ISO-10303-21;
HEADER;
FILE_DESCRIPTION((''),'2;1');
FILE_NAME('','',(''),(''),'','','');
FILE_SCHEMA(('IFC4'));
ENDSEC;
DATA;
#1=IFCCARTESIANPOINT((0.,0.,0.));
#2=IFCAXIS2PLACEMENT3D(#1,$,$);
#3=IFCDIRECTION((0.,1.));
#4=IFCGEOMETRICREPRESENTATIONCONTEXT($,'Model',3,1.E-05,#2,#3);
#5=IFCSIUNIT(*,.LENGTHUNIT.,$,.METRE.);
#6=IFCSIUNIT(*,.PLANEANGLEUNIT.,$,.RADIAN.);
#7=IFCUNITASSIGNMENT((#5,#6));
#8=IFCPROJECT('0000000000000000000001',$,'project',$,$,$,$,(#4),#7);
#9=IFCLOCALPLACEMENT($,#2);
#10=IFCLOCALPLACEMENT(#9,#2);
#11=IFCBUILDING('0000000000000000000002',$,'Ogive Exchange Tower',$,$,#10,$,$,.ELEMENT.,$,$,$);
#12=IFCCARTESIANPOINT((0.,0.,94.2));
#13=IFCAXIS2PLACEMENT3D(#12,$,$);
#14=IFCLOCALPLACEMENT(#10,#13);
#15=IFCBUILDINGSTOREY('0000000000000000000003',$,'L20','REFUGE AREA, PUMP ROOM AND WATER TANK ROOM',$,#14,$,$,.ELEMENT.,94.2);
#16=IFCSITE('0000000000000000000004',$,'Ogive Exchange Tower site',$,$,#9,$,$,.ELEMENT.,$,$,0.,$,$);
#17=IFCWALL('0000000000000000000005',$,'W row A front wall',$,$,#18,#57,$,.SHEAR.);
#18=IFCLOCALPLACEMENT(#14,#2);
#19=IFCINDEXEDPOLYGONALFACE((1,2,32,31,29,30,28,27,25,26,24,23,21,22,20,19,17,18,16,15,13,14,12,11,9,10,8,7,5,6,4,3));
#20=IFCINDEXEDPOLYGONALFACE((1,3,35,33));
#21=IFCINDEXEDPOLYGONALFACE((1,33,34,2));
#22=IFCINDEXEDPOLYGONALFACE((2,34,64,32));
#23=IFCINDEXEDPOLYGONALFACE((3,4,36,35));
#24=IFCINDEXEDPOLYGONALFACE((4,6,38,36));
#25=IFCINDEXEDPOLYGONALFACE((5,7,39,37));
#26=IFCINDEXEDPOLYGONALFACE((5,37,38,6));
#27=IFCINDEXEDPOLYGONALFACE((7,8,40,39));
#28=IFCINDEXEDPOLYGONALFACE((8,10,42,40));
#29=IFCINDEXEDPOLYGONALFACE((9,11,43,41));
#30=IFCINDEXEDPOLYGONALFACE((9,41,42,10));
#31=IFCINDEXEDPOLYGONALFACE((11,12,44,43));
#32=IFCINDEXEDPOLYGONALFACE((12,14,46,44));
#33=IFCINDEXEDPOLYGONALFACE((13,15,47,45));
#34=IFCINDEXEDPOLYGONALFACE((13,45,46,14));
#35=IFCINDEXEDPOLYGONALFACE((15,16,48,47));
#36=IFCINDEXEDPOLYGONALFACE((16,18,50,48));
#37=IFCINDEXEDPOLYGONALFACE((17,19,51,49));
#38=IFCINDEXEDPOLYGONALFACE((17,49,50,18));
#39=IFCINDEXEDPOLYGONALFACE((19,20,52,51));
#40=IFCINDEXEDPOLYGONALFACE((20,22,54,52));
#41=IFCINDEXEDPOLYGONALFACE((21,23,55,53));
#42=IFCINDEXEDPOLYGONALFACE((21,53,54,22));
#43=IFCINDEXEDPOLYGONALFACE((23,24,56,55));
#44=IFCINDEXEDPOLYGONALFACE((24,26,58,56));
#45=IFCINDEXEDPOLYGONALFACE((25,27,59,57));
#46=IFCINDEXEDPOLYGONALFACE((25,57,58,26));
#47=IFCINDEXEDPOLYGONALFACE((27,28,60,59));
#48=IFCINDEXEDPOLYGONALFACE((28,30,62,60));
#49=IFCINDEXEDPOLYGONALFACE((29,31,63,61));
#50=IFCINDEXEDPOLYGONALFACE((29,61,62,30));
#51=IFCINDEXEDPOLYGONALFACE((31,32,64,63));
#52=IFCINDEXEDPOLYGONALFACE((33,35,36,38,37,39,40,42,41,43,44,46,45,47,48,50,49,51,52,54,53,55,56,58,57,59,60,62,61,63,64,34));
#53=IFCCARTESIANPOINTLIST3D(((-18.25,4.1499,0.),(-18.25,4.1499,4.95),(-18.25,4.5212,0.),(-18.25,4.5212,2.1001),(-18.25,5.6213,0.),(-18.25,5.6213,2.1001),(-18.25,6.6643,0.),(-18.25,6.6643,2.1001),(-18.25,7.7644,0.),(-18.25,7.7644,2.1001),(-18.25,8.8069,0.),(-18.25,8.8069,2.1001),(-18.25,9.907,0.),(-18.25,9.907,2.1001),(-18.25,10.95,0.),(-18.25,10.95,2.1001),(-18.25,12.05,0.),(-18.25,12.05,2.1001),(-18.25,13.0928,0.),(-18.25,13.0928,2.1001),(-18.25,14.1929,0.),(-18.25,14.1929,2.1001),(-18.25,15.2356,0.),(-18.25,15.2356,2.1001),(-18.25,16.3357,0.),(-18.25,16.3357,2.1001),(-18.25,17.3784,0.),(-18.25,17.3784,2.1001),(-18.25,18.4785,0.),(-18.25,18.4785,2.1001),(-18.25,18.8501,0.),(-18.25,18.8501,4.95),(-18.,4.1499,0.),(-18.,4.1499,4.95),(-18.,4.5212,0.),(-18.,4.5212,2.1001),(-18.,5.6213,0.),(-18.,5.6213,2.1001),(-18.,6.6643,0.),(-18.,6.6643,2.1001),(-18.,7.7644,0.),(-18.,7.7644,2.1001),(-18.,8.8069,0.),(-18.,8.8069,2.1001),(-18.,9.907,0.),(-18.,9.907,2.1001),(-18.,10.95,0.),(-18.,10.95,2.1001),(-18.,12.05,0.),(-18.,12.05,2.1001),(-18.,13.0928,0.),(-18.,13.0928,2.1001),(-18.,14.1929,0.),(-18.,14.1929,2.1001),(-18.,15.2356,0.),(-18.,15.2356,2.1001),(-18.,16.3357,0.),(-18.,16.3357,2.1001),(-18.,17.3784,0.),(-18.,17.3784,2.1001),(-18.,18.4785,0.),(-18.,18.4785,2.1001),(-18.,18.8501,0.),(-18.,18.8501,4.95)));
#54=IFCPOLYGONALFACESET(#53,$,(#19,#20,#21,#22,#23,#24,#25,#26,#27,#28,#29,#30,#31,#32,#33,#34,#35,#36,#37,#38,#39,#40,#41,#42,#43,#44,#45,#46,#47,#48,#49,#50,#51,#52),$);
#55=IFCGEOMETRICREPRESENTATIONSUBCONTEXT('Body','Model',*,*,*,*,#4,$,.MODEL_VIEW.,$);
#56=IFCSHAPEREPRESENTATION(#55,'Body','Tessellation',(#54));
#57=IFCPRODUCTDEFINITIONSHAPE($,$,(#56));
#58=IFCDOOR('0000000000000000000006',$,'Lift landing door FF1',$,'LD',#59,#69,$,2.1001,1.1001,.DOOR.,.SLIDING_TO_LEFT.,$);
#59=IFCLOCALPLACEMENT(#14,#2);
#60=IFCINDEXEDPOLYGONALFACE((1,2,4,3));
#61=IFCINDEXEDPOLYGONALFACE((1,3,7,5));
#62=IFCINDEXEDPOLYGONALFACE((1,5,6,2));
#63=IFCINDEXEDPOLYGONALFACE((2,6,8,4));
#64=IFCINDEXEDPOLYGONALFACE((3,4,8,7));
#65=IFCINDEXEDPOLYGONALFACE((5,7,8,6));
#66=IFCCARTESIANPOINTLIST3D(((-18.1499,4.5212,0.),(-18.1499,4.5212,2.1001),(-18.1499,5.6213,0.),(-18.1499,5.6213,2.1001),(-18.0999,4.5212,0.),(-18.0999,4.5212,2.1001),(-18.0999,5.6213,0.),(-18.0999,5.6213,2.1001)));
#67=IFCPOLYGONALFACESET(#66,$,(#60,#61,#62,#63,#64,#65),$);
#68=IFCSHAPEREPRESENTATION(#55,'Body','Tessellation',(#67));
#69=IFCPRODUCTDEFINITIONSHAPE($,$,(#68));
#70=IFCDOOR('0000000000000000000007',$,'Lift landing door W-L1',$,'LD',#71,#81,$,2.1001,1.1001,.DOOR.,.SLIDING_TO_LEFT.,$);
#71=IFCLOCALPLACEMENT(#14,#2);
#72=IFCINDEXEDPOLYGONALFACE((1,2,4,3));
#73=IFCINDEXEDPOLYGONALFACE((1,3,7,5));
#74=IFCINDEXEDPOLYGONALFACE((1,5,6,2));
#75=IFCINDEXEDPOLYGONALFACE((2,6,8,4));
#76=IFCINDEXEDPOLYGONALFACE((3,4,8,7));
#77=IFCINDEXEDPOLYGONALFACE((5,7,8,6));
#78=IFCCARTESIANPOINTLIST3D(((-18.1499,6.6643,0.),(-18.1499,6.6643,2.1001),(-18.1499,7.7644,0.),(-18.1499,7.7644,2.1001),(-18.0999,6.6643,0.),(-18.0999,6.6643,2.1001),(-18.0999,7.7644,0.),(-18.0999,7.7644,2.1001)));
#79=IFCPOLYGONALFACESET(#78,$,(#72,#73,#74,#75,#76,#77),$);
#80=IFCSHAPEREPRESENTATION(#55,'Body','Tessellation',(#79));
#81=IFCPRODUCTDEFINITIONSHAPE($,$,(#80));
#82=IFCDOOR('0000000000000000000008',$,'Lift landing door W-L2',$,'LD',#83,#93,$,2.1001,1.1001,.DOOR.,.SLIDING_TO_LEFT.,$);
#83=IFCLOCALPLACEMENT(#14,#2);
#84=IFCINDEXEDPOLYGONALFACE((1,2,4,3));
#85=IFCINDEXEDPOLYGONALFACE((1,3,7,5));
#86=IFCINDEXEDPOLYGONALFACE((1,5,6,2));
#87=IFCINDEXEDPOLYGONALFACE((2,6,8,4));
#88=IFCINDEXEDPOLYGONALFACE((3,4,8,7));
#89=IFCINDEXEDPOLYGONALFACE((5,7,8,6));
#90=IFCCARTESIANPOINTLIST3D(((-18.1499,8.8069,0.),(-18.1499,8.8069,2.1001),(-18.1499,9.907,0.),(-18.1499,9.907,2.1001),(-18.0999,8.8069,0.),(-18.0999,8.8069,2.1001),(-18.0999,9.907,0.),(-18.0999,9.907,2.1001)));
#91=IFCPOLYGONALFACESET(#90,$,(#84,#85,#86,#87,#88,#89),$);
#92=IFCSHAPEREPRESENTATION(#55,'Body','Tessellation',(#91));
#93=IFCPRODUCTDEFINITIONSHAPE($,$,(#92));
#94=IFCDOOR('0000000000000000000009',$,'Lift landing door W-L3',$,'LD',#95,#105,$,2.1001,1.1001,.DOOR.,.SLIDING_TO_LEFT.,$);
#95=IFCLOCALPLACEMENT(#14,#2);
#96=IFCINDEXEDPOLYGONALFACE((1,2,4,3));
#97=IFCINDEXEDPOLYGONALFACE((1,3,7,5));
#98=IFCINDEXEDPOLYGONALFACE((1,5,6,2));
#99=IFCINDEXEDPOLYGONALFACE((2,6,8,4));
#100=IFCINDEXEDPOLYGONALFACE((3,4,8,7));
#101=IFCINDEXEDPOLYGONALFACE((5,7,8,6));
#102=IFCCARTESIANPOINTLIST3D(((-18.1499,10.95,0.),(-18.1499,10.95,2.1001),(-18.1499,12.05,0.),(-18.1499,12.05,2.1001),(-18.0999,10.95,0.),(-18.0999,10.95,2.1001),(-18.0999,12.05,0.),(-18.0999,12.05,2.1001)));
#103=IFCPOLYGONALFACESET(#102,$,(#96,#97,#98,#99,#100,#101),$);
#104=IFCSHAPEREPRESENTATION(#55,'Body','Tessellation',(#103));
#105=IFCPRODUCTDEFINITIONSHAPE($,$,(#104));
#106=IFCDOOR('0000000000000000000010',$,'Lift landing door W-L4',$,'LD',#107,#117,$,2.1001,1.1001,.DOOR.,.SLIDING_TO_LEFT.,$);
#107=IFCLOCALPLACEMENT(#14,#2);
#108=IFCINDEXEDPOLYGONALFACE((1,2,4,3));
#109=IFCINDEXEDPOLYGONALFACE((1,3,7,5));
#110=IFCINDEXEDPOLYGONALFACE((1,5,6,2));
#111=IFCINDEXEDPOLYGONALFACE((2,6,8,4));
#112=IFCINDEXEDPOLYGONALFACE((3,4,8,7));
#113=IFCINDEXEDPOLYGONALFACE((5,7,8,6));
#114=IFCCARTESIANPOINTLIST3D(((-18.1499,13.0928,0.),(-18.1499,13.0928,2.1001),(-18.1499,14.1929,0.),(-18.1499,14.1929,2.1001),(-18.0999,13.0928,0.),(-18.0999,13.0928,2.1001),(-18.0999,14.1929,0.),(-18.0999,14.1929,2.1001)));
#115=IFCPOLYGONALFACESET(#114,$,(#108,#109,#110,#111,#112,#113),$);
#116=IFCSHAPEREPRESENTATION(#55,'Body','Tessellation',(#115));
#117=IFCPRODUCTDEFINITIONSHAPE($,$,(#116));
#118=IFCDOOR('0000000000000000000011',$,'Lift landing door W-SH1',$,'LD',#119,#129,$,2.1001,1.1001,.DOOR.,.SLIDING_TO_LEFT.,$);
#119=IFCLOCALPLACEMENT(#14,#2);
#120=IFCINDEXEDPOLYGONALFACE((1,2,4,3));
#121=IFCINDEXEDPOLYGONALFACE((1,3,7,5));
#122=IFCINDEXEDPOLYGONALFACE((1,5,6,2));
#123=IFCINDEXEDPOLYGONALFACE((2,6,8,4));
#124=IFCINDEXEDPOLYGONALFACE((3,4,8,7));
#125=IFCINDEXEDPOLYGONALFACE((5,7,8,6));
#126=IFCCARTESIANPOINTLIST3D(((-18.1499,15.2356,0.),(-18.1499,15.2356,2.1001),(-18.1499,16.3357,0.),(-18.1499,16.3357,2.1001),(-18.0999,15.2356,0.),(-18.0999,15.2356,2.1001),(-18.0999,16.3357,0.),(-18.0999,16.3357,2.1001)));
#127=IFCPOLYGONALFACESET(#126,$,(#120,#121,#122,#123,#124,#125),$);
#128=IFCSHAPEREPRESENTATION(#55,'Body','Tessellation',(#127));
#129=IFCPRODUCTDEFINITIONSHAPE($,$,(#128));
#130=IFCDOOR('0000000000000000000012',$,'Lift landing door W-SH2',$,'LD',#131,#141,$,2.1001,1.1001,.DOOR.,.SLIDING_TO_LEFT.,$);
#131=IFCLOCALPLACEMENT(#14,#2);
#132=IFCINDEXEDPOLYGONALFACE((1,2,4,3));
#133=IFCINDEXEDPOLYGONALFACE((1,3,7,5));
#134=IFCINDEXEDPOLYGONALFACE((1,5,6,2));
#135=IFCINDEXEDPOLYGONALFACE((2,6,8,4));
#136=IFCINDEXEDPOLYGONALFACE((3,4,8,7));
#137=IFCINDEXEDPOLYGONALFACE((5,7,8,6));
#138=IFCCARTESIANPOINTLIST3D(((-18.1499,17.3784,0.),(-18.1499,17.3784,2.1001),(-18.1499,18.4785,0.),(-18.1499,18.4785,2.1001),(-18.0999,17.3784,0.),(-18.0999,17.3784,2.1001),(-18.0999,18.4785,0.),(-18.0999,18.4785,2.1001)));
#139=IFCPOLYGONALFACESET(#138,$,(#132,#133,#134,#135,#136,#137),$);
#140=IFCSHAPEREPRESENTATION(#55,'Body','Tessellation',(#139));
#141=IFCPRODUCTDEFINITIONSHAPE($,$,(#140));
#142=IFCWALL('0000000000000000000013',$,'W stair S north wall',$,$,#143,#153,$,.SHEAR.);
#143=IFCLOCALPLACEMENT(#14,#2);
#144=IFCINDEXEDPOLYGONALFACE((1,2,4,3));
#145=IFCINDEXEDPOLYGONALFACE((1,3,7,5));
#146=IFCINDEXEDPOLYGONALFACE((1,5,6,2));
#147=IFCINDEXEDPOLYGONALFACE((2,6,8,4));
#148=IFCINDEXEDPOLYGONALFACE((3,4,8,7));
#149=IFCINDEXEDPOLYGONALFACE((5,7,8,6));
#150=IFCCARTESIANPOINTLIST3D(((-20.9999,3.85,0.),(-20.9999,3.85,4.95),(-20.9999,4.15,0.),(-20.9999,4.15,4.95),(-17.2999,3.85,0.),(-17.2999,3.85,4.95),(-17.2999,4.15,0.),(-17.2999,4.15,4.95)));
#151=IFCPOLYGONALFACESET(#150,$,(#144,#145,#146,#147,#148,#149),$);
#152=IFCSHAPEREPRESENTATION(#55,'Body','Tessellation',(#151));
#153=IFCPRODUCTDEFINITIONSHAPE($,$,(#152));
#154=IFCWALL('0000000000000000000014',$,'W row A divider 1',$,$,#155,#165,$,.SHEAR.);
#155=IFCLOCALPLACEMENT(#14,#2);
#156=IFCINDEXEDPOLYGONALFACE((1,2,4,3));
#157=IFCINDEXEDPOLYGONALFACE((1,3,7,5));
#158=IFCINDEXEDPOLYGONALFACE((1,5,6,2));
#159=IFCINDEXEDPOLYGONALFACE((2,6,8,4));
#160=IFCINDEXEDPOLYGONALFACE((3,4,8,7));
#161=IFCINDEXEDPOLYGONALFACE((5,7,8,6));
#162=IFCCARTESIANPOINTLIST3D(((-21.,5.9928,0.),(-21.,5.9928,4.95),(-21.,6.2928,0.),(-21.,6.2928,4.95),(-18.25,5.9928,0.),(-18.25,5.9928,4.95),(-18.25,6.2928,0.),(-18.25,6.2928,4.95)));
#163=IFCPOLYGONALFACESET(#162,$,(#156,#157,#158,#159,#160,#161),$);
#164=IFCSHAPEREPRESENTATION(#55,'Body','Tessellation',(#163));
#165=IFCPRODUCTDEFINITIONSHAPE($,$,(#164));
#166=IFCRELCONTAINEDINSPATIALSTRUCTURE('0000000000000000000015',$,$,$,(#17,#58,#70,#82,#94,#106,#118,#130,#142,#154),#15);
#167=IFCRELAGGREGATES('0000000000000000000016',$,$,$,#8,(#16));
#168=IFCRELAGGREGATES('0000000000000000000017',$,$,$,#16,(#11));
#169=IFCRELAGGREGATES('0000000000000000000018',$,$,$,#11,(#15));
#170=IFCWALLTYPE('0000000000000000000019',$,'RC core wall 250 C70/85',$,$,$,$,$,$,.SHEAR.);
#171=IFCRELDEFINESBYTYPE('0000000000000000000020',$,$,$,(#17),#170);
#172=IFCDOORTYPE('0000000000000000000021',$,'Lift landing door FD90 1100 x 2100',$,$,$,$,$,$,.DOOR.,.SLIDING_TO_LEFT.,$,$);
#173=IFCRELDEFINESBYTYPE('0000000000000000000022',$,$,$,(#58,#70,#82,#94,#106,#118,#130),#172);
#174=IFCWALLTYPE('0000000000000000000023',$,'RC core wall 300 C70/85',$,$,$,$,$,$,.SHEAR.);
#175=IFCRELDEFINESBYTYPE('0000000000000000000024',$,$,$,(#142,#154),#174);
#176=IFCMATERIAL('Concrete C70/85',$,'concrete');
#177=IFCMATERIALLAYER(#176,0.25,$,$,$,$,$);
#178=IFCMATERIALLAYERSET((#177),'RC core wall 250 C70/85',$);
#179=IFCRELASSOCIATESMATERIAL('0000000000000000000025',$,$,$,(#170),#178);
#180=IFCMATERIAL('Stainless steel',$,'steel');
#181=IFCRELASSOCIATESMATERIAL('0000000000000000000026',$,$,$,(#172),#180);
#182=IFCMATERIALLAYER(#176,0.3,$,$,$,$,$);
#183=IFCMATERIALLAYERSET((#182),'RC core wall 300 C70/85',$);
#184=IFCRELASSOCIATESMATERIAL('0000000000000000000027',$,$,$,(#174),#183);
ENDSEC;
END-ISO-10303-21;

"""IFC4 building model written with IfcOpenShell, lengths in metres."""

from ifc_helpers import new_model, si_unit, direction, frame, frame_2d, origin, place, context, subcontext, project, spatial, rectangle, extrude, material, layer, layer_set, type_object, element, fill, save


model = new_model("IFC4")

# Units and contexts
model_context = context("Model", 3, precision=1e-05, world=origin(), true_north=direction((0.0, 1.0)))
body_context = subcontext(model_context, "Body", "Model", "MODEL_VIEW")
ifc_project = project(units=[si_unit("LENGTHUNIT", "METRE"), si_unit("PLANEANGLEUNIT", "RADIAN")], contexts=[model_context])

# Site, building, storey
site_placement = place(None, origin())
site = spatial("IfcSite", under=ifc_project, at=site_placement, Name="Ogive Exchange Tower site", CompositionType="ELEMENT", RefElevation=0.0)
building_placement = place(site_placement, origin())
building = spatial("IfcBuilding", under=site, at=building_placement, Name="Ogive Exchange Tower", CompositionType="ELEMENT")
storey_placement = place(building_placement, frame((0.0, 0.0, 94.2)))
storey = spatial("IfcBuildingStorey", under=building, at=storey_placement, Name="L20", Description="REFUGE AREA, PUMP ROOM AND WATER TANK ROOM", CompositionType="ELEMENT", Elevation=94.2)

# Shared definitions
ifc_material_1 = material(Name="Concrete C70/85", Category="concrete")

# Wall, openings, doors
ifc_layer_1 = layer(ifc_material_1, 0.25)
ifc_layer_set_1 = layer_set([ifc_layer_1], Name="RC core wall 250 C70/85")
wall_type_1 = type_object("IfcWallType", Name="RC core wall 250 C70/85", PredefinedType="SHEAR", material=ifc_layer_set_1)
wall_1_placement = place(storey_placement, frame((-18.125, 4.1499, 0.0), z_axis=(0.0, 0.0, 1.0), x_axis=(0.0, 1.0, 0.0)))
wall_1 = element("IfcWall", 1, at=wall_1_placement, inside=storey, type_object=wall_type_1, Name="W row A front wall", PredefinedType="SHEAR", context=body_context, shape_type="SweptSolid", body=[
    extrude(rectangle(XDim=14.7002, YDim=0.25, at=frame_2d((7.3501, 0.0))), origin(), (0.0, 0.0, 1.0), 4.95),
])
opening_1_placement = place(wall_1_placement, frame((0.3713, 0.0, 0.0)))
opening_1 = element("IfcOpeningElement", 2, at=opening_1_placement, cuts=wall_1, PredefinedType="OPENING", context=body_context, shape_type="SweptSolid", body=[
    extrude(rectangle(XDim=1.1001, YDim=2.1001, at=frame_2d((0.55, 1.05))), frame((0.0, 0.135, 0.0), z_axis=(0.0, -1.0, 0.0), x_axis=(1.0, 0.0, 0.0)), (0.0, 0.0, 1.0), 0.27),
])
opening_2_placement = place(wall_1_placement, frame((2.5144, 0.0, 0.0)))
opening_2 = element("IfcOpeningElement", 3, at=opening_2_placement, cuts=wall_1, PredefinedType="OPENING", context=body_context, shape_type="SweptSolid", body=[
    extrude(rectangle(XDim=1.1001, YDim=2.1001, at=frame_2d((0.55, 1.05))), frame((0.0, 0.135, 0.0), z_axis=(0.0, -1.0, 0.0), x_axis=(1.0, 0.0, 0.0)), (0.0, 0.0, 1.0), 0.27),
])
opening_3_placement = place(wall_1_placement, frame((4.657, 0.0, 0.0)))
opening_3 = element("IfcOpeningElement", 4, at=opening_3_placement, cuts=wall_1, PredefinedType="OPENING", context=body_context, shape_type="SweptSolid", body=[
    extrude(rectangle(XDim=1.1001, YDim=2.1001, at=frame_2d((0.55, 1.05))), frame((0.0, 0.135, 0.0), z_axis=(0.0, -1.0, 0.0), x_axis=(1.0, 0.0, 0.0)), (0.0, 0.0, 1.0), 0.27),
])
opening_4_placement = place(wall_1_placement, frame((6.8, 0.0, 0.0)))
opening_4 = element("IfcOpeningElement", 5, at=opening_4_placement, cuts=wall_1, PredefinedType="OPENING", context=body_context, shape_type="SweptSolid", body=[
    extrude(rectangle(XDim=1.1001, YDim=2.1001, at=frame_2d((0.55, 1.05))), frame((0.0, 0.135, 0.0), z_axis=(0.0, -1.0, 0.0), x_axis=(1.0, 0.0, 0.0)), (0.0, 0.0, 1.0), 0.27),
])
opening_5_placement = place(wall_1_placement, frame((8.9429, 0.0, 0.0)))
opening_5 = element("IfcOpeningElement", 6, at=opening_5_placement, cuts=wall_1, PredefinedType="OPENING", context=body_context, shape_type="SweptSolid", body=[
    extrude(rectangle(XDim=1.1001, YDim=2.1001, at=frame_2d((0.55, 1.05))), frame((0.0, 0.135, 0.0), z_axis=(0.0, -1.0, 0.0), x_axis=(1.0, 0.0, 0.0)), (0.0, 0.0, 1.0), 0.27),
])
opening_6_placement = place(wall_1_placement, frame((11.0857, 0.0, 0.0)))
opening_6 = element("IfcOpeningElement", 7, at=opening_6_placement, cuts=wall_1, PredefinedType="OPENING", context=body_context, shape_type="SweptSolid", body=[
    extrude(rectangle(XDim=1.1001, YDim=2.1001, at=frame_2d((0.55, 1.05))), frame((0.0, 0.135, 0.0), z_axis=(0.0, -1.0, 0.0), x_axis=(1.0, 0.0, 0.0)), (0.0, 0.0, 1.0), 0.27),
])
opening_7_placement = place(wall_1_placement, frame((13.2285, 0.0, 0.0)))
opening_7 = element("IfcOpeningElement", 8, at=opening_7_placement, cuts=wall_1, PredefinedType="OPENING", context=body_context, shape_type="SweptSolid", body=[
    extrude(rectangle(XDim=1.1001, YDim=2.1001, at=frame_2d((0.55, 1.05))), frame((0.0, 0.135, 0.0), z_axis=(0.0, -1.0, 0.0), x_axis=(1.0, 0.0, 0.0)), (0.0, 0.0, 1.0), 0.27),
])
ifc_material_2 = material(Name="Stainless steel", Category="steel")
door_type_1 = type_object("IfcDoorType", Name="Lift landing door FD90 1100 x 2100", OperationType="SLIDING_TO_LEFT", PredefinedType="DOOR", material=ifc_material_2)
door_1_placement = place(opening_1_placement, origin())
door_1 = element("IfcDoor", 9, at=door_1_placement, inside=storey, type_object=door_type_1, Name="Lift landing door FF1", ObjectType="LD", OperationType="SLIDING_TO_LEFT", OverallHeight=2.1001, OverallWidth=1.1001, PredefinedType="DOOR", context=body_context, shape_type="SweptSolid", body=[
    extrude(rectangle(XDim=1.1001, YDim=2.1001, at=frame_2d((0.55, 1.05))), frame((0.0, 0.0249, 0.0), z_axis=(0.0, -1.0, 0.0), x_axis=(1.0, 0.0, 0.0)), (0.0, 0.0, 1.0), 0.05),
])
fill(opening_1, door_1)
door_2_placement = place(opening_2_placement, origin())
door_2 = element("IfcDoor", 10, at=door_2_placement, inside=storey, type_object=door_type_1, Name="Lift landing door W-L1", ObjectType="LD", OperationType="SLIDING_TO_LEFT", OverallHeight=2.1001, OverallWidth=1.1001, PredefinedType="DOOR", context=body_context, shape_type="SweptSolid", body=[
    extrude(rectangle(XDim=1.1001, YDim=2.1001, at=frame_2d((0.55, 1.05))), frame((0.0, 0.0249, 0.0), z_axis=(0.0, -1.0, 0.0), x_axis=(1.0, 0.0, 0.0)), (0.0, 0.0, 1.0), 0.05),
])
fill(opening_2, door_2)
door_3_placement = place(opening_3_placement, origin())
door_3 = element("IfcDoor", 11, at=door_3_placement, inside=storey, type_object=door_type_1, Name="Lift landing door W-L2", ObjectType="LD", OperationType="SLIDING_TO_LEFT", OverallHeight=2.1001, OverallWidth=1.1001, PredefinedType="DOOR", context=body_context, shape_type="SweptSolid", body=[
    extrude(rectangle(XDim=1.1001, YDim=2.1001, at=frame_2d((0.55, 1.05))), frame((0.0, 0.0249, 0.0), z_axis=(0.0, -1.0, 0.0), x_axis=(1.0, 0.0, 0.0)), (0.0, 0.0, 1.0), 0.05),
])
fill(opening_3, door_3)
door_4_placement = place(opening_4_placement, origin())
door_4 = element("IfcDoor", 12, at=door_4_placement, inside=storey, type_object=door_type_1, Name="Lift landing door W-L3", ObjectType="LD", OperationType="SLIDING_TO_LEFT", OverallHeight=2.1001, OverallWidth=1.1001, PredefinedType="DOOR", context=body_context, shape_type="SweptSolid", body=[
    extrude(rectangle(XDim=1.1001, YDim=2.1001, at=frame_2d((0.55, 1.05))), frame((0.0, 0.0249, 0.0), z_axis=(0.0, -1.0, 0.0), x_axis=(1.0, 0.0, 0.0)), (0.0, 0.0, 1.0), 0.05),
])
fill(opening_4, door_4)
door_5_placement = place(opening_5_placement, origin())
door_5 = element("IfcDoor", 13, at=door_5_placement, inside=storey, type_object=door_type_1, Name="Lift landing door W-L4", ObjectType="LD", OperationType="SLIDING_TO_LEFT", OverallHeight=2.1001, OverallWidth=1.1001, PredefinedType="DOOR", context=body_context, shape_type="SweptSolid", body=[
    extrude(rectangle(XDim=1.1001, YDim=2.1001, at=frame_2d((0.55, 1.05))), frame((0.0, 0.0249, 0.0), z_axis=(0.0, -1.0, 0.0), x_axis=(1.0, 0.0, 0.0)), (0.0, 0.0, 1.0), 0.05),
])
fill(opening_5, door_5)
door_6_placement = place(opening_6_placement, origin())
door_6 = element("IfcDoor", 14, at=door_6_placement, inside=storey, type_object=door_type_1, Name="Lift landing door W-SH1", ObjectType="LD", OperationType="SLIDING_TO_LEFT", OverallHeight=2.1001, OverallWidth=1.1001, PredefinedType="DOOR", context=body_context, shape_type="SweptSolid", body=[
    extrude(rectangle(XDim=1.1001, YDim=2.1001, at=frame_2d((0.55, 1.05))), frame((0.0, 0.0249, 0.0), z_axis=(0.0, -1.0, 0.0), x_axis=(1.0, 0.0, 0.0)), (0.0, 0.0, 1.0), 0.05),
])
fill(opening_6, door_6)
door_7_placement = place(opening_7_placement, origin())
door_7 = element("IfcDoor", 15, at=door_7_placement, inside=storey, type_object=door_type_1, Name="Lift landing door W-SH2", ObjectType="LD", OperationType="SLIDING_TO_LEFT", OverallHeight=2.1001, OverallWidth=1.1001, PredefinedType="DOOR", context=body_context, shape_type="SweptSolid", body=[
    extrude(rectangle(XDim=1.1001, YDim=2.1001, at=frame_2d((0.55, 1.05))), frame((0.0, 0.0249, 0.0), z_axis=(0.0, -1.0, 0.0), x_axis=(1.0, 0.0, 0.0)), (0.0, 0.0, 1.0), 0.05),
])
fill(opening_7, door_7)

# Walls
ifc_layer_2 = layer(ifc_material_1, 0.3)
ifc_layer_set_2 = layer_set([ifc_layer_2], Name="RC core wall 300 C70/85")
wall_type_2 = type_object("IfcWallType", Name="RC core wall 300 C70/85", PredefinedType="SHEAR", material=ifc_layer_set_2)
wall_2_placement = place(storey_placement, frame((-21.0, 4.0, 0.0), z_axis=(0.0, 0.0, 1.0), x_axis=(1.0, 0.0, 0.0)))
element("IfcWall", 16, at=wall_2_placement, inside=storey, type_object=wall_type_2, Name="W stair S north wall", PredefinedType="SHEAR", context=body_context, shape_type="SweptSolid", body=[
    extrude(rectangle(XDim=3.7, YDim=0.3, at=frame_2d((1.8501, 0.0))), origin(), (0.0, 0.0, 1.0), 4.95),
])
for number, where, z_axis, x_axis, name in (
    (17, (-21.0, 6.1428, 0.0), (0.0, 0.0, 1.0), (1.0, 0.0, 0.0), "W row A divider 1"),
):
    element("IfcWall", number, at=place(storey_placement, frame(where, z_axis=z_axis, x_axis=x_axis)), inside=storey, type_object=wall_type_2, Name=name, PredefinedType="SHEAR", context=body_context, shape_type="SweptSolid", body=[
        extrude(rectangle(XDim=2.75, YDim=0.3, at=frame_2d((1.375, 0.0))), origin(), (0.0, 0.0, 1.0), 4.95),
    ])

save(model, "model.ifc")
